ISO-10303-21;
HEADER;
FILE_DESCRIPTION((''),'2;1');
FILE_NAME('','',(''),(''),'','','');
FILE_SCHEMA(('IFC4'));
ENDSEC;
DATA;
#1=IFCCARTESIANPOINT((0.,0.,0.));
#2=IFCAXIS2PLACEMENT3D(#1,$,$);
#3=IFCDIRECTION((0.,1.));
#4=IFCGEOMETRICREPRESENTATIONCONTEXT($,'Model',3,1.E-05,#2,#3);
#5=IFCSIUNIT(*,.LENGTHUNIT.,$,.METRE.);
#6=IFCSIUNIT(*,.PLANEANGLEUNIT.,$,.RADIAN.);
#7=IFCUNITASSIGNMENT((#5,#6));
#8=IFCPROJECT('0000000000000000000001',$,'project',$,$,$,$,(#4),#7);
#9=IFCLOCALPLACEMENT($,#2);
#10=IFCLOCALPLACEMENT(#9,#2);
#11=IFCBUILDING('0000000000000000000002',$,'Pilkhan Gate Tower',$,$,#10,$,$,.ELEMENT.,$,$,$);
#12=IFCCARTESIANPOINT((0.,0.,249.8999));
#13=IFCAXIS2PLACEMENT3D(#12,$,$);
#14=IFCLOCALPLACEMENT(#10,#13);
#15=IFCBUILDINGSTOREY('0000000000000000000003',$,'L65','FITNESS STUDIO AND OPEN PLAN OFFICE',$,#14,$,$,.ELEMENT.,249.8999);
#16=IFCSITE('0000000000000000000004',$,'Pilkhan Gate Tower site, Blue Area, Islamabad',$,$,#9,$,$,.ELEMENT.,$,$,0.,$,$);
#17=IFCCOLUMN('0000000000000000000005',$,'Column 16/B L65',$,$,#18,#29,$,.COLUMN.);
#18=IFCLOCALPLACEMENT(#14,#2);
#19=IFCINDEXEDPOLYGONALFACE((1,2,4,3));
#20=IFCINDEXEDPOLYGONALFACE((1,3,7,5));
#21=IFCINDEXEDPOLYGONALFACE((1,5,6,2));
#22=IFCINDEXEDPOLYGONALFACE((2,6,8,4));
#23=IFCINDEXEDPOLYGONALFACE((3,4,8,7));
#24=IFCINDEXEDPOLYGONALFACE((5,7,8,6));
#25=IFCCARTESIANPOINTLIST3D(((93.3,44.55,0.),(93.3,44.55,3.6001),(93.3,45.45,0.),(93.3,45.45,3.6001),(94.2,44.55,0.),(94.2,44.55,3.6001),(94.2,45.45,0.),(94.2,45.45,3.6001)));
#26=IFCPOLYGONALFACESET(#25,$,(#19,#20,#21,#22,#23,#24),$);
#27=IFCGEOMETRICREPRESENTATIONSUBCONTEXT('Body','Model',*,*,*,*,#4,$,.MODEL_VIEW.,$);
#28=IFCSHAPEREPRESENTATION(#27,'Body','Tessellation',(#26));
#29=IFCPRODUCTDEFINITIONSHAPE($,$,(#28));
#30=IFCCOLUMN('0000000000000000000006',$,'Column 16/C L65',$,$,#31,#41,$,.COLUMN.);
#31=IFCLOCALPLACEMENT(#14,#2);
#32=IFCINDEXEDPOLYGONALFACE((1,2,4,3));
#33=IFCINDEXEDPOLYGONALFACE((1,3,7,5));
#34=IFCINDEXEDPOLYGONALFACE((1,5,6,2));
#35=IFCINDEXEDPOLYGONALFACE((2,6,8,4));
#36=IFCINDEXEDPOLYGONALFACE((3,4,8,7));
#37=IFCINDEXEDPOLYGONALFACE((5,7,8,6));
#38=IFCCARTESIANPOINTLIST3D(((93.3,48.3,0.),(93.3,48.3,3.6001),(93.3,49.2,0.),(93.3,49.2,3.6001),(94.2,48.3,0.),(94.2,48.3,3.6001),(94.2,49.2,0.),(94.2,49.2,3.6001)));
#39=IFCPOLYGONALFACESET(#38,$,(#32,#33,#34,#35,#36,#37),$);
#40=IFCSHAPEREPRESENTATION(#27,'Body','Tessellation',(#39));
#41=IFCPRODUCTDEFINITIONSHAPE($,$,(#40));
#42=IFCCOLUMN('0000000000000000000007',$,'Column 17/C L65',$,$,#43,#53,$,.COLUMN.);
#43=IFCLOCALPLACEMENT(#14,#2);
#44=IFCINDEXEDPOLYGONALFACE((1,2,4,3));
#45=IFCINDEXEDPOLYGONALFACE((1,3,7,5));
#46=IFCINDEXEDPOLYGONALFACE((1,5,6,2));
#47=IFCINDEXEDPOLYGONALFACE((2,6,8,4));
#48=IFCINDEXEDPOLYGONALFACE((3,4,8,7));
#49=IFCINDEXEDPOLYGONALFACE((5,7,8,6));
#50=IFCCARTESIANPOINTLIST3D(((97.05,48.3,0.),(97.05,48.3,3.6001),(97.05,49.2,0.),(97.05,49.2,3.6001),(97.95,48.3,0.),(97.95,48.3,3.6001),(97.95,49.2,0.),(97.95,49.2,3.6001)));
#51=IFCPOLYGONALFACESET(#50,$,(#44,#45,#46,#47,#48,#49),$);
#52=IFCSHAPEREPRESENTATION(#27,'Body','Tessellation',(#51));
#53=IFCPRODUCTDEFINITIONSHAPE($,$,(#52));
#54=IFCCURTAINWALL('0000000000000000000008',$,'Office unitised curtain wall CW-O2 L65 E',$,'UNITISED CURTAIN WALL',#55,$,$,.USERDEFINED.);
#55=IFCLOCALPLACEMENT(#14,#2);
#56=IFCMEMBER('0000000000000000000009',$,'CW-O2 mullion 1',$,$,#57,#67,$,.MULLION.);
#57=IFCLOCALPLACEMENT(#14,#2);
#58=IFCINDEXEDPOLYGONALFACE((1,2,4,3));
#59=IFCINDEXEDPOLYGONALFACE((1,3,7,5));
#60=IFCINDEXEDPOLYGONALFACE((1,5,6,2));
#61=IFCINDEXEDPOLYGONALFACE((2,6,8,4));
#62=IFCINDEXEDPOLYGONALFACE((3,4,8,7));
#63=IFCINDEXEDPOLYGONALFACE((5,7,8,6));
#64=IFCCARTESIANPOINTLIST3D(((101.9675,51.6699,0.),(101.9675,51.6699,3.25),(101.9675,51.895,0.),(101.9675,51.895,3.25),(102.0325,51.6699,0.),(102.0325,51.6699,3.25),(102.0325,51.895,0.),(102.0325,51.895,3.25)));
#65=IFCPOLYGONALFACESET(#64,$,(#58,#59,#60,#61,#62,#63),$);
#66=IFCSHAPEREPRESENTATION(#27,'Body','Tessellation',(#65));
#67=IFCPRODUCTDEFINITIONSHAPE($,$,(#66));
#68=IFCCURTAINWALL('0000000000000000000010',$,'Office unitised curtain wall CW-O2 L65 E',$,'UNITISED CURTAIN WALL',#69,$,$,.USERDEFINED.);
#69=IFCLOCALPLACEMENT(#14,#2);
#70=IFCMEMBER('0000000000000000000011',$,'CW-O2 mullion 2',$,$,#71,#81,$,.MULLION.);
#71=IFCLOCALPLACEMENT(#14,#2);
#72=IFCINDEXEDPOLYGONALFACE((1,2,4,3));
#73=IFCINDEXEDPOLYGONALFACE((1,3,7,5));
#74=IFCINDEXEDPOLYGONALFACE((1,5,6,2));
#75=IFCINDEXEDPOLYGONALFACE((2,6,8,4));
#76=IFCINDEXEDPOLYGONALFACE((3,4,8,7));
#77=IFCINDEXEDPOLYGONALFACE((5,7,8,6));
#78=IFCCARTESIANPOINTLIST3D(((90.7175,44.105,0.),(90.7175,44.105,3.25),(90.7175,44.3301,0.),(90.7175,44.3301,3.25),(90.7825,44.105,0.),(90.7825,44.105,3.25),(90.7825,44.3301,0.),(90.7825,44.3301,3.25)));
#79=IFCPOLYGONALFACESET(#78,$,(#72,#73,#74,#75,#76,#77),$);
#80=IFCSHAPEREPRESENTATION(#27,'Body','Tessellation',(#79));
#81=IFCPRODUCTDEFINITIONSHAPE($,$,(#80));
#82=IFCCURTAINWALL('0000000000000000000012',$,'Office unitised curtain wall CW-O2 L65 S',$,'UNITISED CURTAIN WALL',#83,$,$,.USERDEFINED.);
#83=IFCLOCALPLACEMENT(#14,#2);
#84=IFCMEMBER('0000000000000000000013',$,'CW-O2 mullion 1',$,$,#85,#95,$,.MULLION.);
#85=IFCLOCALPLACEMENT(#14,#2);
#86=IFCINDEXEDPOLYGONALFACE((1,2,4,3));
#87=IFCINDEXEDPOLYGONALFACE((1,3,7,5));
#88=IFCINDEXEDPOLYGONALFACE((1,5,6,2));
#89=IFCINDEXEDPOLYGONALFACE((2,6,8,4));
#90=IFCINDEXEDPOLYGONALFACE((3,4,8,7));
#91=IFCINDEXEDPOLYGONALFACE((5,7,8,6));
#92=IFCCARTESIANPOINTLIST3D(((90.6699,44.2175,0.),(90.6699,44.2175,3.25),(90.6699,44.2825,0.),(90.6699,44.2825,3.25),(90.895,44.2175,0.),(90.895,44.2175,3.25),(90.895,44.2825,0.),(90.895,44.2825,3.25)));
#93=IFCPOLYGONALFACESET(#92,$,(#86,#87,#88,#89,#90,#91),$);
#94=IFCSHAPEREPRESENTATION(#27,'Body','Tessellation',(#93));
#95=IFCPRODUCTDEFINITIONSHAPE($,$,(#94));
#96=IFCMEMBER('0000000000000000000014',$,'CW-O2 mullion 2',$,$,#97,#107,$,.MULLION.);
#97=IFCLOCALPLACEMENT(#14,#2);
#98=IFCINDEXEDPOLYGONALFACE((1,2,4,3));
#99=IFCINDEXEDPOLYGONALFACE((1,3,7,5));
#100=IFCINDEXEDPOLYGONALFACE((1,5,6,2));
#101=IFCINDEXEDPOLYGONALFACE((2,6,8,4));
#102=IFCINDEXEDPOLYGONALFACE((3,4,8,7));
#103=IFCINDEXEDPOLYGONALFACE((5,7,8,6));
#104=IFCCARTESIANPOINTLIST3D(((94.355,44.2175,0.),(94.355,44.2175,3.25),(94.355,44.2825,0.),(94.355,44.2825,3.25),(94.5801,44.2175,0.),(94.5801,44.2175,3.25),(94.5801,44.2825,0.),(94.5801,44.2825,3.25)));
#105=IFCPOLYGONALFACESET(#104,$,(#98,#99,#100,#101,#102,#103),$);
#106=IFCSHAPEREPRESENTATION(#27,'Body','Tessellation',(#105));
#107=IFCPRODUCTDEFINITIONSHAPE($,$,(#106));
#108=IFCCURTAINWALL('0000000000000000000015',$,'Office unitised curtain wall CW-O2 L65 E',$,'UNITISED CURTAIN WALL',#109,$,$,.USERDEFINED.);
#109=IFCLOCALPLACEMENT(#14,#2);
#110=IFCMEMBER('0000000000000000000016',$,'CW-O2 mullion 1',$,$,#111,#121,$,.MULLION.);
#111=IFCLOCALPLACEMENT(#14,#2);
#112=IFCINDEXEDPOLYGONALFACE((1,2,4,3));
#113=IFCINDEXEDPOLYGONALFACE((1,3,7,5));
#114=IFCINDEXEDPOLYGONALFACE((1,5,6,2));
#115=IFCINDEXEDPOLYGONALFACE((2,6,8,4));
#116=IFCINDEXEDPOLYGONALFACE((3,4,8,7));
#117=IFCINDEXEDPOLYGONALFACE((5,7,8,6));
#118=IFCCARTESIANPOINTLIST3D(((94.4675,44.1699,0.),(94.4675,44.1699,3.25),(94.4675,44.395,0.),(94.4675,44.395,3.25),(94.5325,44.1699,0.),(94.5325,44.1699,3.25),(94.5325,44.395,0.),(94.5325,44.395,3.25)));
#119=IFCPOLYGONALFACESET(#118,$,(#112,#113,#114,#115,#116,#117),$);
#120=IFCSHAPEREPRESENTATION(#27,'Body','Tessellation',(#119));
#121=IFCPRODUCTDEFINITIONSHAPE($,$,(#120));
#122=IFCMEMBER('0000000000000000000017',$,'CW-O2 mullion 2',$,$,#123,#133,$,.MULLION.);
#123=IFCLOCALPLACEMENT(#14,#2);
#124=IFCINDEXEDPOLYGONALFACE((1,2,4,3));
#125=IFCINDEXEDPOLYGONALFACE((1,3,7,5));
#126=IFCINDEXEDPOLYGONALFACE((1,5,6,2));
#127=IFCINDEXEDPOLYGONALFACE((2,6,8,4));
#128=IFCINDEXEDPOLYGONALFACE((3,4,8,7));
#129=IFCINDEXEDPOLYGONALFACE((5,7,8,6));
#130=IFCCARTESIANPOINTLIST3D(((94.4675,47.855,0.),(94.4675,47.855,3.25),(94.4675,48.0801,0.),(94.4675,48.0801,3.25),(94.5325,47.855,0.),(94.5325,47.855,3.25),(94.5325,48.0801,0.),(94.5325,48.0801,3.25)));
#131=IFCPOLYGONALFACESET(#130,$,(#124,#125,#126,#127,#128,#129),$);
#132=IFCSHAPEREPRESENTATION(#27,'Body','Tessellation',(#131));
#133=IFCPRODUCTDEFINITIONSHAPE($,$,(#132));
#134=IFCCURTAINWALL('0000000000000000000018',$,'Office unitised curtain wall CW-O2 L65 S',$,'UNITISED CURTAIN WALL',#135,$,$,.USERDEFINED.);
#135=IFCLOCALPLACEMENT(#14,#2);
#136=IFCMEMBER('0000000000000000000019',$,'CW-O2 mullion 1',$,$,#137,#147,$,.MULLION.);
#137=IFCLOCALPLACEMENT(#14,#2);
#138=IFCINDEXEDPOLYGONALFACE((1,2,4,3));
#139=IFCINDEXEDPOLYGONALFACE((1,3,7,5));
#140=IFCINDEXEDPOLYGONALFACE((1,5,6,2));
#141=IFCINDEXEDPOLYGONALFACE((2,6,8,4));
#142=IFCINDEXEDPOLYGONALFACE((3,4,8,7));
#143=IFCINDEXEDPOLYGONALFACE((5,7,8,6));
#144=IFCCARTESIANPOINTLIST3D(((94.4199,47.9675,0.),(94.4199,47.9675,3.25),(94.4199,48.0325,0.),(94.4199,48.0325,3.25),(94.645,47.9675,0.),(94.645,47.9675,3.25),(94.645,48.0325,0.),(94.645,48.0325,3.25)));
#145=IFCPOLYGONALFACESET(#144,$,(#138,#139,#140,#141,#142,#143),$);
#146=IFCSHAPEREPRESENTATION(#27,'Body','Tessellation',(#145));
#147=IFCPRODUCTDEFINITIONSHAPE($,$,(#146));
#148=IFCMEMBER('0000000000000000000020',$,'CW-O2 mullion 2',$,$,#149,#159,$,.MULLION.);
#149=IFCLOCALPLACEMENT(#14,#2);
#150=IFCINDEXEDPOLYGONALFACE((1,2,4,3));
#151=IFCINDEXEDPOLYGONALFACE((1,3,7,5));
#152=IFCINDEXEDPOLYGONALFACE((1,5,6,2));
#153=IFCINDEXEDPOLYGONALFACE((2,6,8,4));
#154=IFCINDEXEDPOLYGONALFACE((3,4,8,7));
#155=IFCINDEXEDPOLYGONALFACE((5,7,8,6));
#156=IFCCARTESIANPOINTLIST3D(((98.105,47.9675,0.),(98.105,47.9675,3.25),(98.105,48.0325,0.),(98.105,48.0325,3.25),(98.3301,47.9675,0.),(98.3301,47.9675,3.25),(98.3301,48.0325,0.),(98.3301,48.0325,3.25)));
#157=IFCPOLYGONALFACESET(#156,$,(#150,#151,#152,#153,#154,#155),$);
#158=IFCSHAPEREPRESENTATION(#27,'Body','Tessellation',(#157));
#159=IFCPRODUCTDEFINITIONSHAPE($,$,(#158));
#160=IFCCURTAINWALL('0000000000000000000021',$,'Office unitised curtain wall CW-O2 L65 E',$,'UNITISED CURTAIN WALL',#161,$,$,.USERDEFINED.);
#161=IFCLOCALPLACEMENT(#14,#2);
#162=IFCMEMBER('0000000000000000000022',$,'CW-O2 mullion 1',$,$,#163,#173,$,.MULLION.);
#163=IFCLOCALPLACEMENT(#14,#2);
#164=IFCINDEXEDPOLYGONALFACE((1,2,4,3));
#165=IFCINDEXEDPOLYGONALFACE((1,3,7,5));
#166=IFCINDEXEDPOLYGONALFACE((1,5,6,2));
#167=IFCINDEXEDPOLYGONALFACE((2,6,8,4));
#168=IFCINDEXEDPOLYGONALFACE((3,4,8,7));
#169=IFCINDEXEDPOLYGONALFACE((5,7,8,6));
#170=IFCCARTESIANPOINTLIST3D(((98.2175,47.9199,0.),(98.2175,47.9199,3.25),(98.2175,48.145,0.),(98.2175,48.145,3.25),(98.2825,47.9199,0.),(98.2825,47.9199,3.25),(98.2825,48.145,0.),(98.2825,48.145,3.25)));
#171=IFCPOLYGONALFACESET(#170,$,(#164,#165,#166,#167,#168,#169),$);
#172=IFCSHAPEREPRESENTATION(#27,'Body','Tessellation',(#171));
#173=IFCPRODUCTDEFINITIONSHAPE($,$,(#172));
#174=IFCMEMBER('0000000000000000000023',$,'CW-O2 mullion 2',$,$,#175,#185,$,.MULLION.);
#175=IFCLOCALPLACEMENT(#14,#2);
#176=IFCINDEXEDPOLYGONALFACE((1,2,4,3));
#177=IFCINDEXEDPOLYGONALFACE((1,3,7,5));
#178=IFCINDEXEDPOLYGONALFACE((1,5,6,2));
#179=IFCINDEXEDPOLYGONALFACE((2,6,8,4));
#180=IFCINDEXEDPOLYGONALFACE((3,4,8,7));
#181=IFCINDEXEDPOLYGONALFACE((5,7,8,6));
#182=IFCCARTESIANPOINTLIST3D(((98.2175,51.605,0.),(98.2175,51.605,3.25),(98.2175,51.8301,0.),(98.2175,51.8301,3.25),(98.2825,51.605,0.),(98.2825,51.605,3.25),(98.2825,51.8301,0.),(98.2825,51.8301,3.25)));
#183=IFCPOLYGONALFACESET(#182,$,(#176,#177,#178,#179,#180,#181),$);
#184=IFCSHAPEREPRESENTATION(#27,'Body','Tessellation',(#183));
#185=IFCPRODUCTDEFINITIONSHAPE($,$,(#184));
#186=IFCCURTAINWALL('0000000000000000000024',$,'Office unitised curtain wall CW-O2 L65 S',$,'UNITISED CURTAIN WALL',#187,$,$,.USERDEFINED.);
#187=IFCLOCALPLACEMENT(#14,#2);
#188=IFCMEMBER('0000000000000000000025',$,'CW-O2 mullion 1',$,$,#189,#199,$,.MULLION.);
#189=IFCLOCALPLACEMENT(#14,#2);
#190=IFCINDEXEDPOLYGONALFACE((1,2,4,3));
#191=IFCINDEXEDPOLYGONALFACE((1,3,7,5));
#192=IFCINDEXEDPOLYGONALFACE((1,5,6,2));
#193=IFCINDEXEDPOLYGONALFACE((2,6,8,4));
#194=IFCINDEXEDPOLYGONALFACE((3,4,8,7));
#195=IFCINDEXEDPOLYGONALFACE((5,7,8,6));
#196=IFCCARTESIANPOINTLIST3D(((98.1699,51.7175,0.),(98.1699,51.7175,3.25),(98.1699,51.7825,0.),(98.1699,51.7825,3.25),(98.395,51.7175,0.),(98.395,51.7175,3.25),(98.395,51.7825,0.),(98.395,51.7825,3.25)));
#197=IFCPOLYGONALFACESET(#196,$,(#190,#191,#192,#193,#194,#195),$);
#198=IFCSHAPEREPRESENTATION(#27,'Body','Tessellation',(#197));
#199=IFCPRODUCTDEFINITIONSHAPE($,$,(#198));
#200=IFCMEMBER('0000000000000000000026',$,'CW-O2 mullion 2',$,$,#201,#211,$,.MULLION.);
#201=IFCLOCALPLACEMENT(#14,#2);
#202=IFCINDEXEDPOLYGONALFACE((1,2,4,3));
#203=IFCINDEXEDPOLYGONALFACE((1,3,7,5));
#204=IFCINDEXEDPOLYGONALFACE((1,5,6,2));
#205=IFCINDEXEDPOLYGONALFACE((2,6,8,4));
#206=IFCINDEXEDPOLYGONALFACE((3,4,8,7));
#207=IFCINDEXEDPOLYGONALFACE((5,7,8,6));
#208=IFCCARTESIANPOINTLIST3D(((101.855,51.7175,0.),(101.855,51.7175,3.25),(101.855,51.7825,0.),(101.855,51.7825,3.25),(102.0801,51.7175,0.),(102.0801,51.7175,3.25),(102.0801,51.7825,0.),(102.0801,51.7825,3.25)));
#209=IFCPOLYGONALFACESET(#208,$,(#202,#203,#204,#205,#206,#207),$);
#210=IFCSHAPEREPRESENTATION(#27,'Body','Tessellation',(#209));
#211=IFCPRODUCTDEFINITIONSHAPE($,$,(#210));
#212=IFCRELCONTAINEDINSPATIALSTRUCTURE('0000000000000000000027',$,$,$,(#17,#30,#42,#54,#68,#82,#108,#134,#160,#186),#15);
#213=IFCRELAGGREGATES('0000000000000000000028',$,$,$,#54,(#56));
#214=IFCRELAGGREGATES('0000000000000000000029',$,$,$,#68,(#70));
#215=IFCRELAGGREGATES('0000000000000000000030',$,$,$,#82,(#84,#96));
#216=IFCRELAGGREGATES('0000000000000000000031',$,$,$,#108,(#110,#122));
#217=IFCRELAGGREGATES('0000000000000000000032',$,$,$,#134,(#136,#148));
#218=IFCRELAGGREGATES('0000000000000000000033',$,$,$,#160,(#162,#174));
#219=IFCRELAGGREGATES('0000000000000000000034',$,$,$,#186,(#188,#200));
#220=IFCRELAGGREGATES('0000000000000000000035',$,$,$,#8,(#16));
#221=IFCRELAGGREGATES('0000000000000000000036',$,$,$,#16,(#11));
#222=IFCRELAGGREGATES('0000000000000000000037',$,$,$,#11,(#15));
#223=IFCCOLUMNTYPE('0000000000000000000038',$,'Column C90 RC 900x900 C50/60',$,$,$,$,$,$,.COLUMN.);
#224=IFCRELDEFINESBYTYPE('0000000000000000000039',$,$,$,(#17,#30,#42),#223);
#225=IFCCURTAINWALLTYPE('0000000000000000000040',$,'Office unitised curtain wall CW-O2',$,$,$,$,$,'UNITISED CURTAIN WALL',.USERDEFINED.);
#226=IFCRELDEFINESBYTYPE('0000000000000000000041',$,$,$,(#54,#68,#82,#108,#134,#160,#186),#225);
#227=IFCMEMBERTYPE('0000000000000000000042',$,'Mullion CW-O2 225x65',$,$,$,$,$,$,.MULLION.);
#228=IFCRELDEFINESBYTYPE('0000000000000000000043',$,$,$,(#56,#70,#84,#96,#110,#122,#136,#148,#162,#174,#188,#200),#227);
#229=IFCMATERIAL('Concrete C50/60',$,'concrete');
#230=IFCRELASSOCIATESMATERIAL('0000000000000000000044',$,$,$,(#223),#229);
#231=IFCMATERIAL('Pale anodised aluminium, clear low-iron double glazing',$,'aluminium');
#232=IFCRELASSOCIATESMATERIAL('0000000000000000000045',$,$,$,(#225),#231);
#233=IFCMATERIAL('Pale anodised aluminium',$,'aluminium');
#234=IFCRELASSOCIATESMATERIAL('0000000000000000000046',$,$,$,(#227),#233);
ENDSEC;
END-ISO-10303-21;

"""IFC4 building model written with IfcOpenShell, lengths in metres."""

from ifc_helpers import new_model, si_unit, direction, frame, origin, origin_2d, place, context, subcontext, project, spatial, rectangle, extrude, material, material_profile, profile_set, type_object, element, aggregate, save


model = new_model("IFC4")

# Units and contexts
model_context = context("Model", 3, precision=1e-05, world=origin(), true_north=direction((0.0, 1.0)))
body_context = subcontext(model_context, "Body", "Model", "MODEL_VIEW")
ifc_project = project(units=[si_unit("LENGTHUNIT", "METRE"), si_unit("PLANEANGLEUNIT", "RADIAN")], contexts=[model_context])

# Site, building, storey
site_placement = place(None, origin())
site = spatial("IfcSite", under=ifc_project, at=site_placement, Name="Pilkhan Gate Tower site, Blue Area, Islamabad", CompositionType="ELEMENT", RefElevation=0.0)
building_placement = place(site_placement, origin())
building = spatial("IfcBuilding", under=site, at=building_placement, Name="Pilkhan Gate Tower", CompositionType="ELEMENT")
storey_placement = place(building_placement, frame((0.0, 0.0, 249.8999)))
storey = spatial("IfcBuildingStorey", under=building, at=storey_placement, Name="L65", Description="FITNESS STUDIO AND OPEN PLAN OFFICE", CompositionType="ELEMENT", Elevation=249.8999)

# Columns
ifc_material_1 = material(Name="Concrete C50/60", Category="concrete")
ifc_material_profile_1 = material_profile(ifc_material_1, rectangle(XDim=0.8999, YDim=0.8999, at=origin_2d()), Name="RC 900x900")
ifc_profile_set_1 = profile_set([ifc_material_profile_1], Name="Concrete C50/60")
column_type = type_object("IfcColumnType", Name="Column C90 RC 900x900 C50/60", PredefinedType="COLUMN", material=ifc_profile_set_1)
for number, where, z_axis, x_axis, name in (
    (1, (93.75, 45.0, 0.0), (0.0, 0.0, 1.0), (1.0, 0.0, 0.0), "Column 16/B L65"),
    (2, (93.75, 48.75, 0.0), (0.0, 0.0, 1.0), (1.0, 0.0, 0.0), "Column 16/C L65"),
    (3, (97.5, 48.75, 0.0), (0.0, 0.0, 1.0), (1.0, 0.0, 0.0), "Column 17/C L65"),
):
    element("IfcColumn", number, at=place(storey_placement, frame(where, z_axis=z_axis, x_axis=x_axis)), inside=storey, type_object=column_type, Name=name, PredefinedType="COLUMN", context=body_context, shape_type="SweptSolid", body=[
        extrude(rectangle(XDim=0.8999, YDim=0.8999, at=origin_2d()), origin(), (0.0, 0.0, 1.0), 3.6001),
    ])

# Curtain walls, members
ifc_material_2 = material(Name="Pale anodised aluminium, clear low-iron double glazing", Category="aluminium")
curtain_wall_type = type_object("IfcCurtainWallType", Name="Office unitised curtain wall CW-O2", ElementType="UNITISED CURTAIN WALL", PredefinedType="USERDEFINED", material=ifc_material_2)
curtain_wall_1_placement = place(storey_placement, origin())
curtain_wall_1 = element("IfcCurtainWall", 4, at=curtain_wall_1_placement, inside=storey, type_object=curtain_wall_type, Name="Office unitised curtain wall CW-O2 L65 E", ObjectType="UNITISED CURTAIN WALL", PredefinedType="USERDEFINED")
ifc_material_3 = material(Name="Pale anodised aluminium", Category="aluminium")
ifc_material_profile_2 = material_profile(ifc_material_3, rectangle(XDim=0.0649, YDim=0.2251, at=origin_2d()), Name="Mullion 225x65")
ifc_profile_set_2 = profile_set([ifc_material_profile_2], Name="Pale anodised aluminium")
member_type_1 = type_object("IfcMemberType", Name="Mullion CW-O2 225x65", PredefinedType="MULLION", material=ifc_profile_set_2)
member_1_placement = place(storey_placement, frame((102.0, 51.7825, 0.0), z_axis=(0.0, 0.0, 1.0), x_axis=(-1.0, 0.0, 0.0)))
member_1 = element("IfcMember", 5, at=member_1_placement, type_object=member_type_1, Name="CW-O2 mullion 1", PredefinedType="MULLION", context=body_context, shape_type="SweptSolid", body=[
    extrude(rectangle(XDim=0.0649, YDim=0.2251, at=origin_2d()), origin(), (0.0, 0.0, 1.0), 3.25),
])
curtain_wall_2_placement = place(storey_placement, origin())
curtain_wall_2 = element("IfcCurtainWall", 6, at=curtain_wall_2_placement, inside=storey, type_object=curtain_wall_type, Name="Office unitised curtain wall CW-O2 L65 E", ObjectType="UNITISED CURTAIN WALL", PredefinedType="USERDEFINED")
member_2_placement = place(storey_placement, frame((90.75, 44.2175, 0.0), z_axis=(0.0, 0.0, 1.0), x_axis=(-1.0, 0.0, 0.0)))
member_2 = element("IfcMember", 7, at=member_2_placement, type_object=member_type_1, Name="CW-O2 mullion 2", PredefinedType="MULLION", context=body_context, shape_type="SweptSolid", body=[
    extrude(rectangle(XDim=0.0649, YDim=0.2251, at=origin_2d()), origin(), (0.0, 0.0, 1.0), 3.25),
])

# Curtain walls, members
curtain_wall_3_placement = place(storey_placement, origin())
curtain_wall_3 = element("IfcCurtainWall", 8, at=curtain_wall_3_placement, inside=storey, type_object=curtain_wall_type, Name="Office unitised curtain wall CW-O2 L65 S", ObjectType="UNITISED CURTAIN WALL", PredefinedType="USERDEFINED")
member_3_placement = place(storey_placement, frame((90.7825, 44.25, 0.0), z_axis=(0.0, 0.0, 1.0), x_axis=(0.0, 1.0, 0.0)))
member_3 = element("IfcMember", 9, at=member_3_placement, type_object=member_type_1, Name="CW-O2 mullion 1", PredefinedType="MULLION", context=body_context, shape_type="SweptSolid", body=[
    extrude(rectangle(XDim=0.0649, YDim=0.2251, at=origin_2d()), origin(), (0.0, 0.0, 1.0), 3.25),
])
member_4_placement = place(storey_placement, frame((94.4675, 44.25, 0.0), z_axis=(0.0, 0.0, 1.0), x_axis=(0.0, 1.0, 0.0)))
member_4 = element("IfcMember", 10, at=member_4_placement, type_object=member_type_1, Name="CW-O2 mullion 2", PredefinedType="MULLION", context=body_context, shape_type="SweptSolid", body=[
    extrude(rectangle(XDim=0.0649, YDim=0.2251, at=origin_2d()), origin(), (0.0, 0.0, 1.0), 3.25),
])
curtain_wall_4_placement = place(storey_placement, origin())
curtain_wall_4 = element("IfcCurtainWall", 11, at=curtain_wall_4_placement, inside=storey, type_object=curtain_wall_type, Name="Office unitised curtain wall CW-O2 L65 E", ObjectType="UNITISED CURTAIN WALL", PredefinedType="USERDEFINED")
member_5_placement = place(storey_placement, frame((94.5, 44.2825, 0.0), z_axis=(0.0, 0.0, 1.0), x_axis=(-1.0, 0.0, 0.0)))
member_5 = element("IfcMember", 12, at=member_5_placement, type_object=member_type_1, Name="CW-O2 mullion 1", PredefinedType="MULLION", context=body_context, shape_type="SweptSolid", body=[
    extrude(rectangle(XDim=0.0649, YDim=0.2251, at=origin_2d()), origin(), (0.0, 0.0, 1.0), 3.25),
])
member_6_placement = place(storey_placement, frame((94.5, 47.9675, 0.0), z_axis=(0.0, 0.0, 1.0), x_axis=(-1.0, 0.0, 0.0)))
member_6 = element("IfcMember", 13, at=member_6_placement, type_object=member_type_1, Name="CW-O2 mullion 2", PredefinedType="MULLION", context=body_context, shape_type="SweptSolid", body=[
    extrude(rectangle(XDim=0.0649, YDim=0.2251, at=origin_2d()), origin(), (0.0, 0.0, 1.0), 3.25),
])
curtain_wall_5_placement = place(storey_placement, origin())
curtain_wall_5 = element("IfcCurtainWall", 14, at=curtain_wall_5_placement, inside=storey, type_object=curtain_wall_type, Name="Office unitised curtain wall CW-O2 L65 S", ObjectType="UNITISED CURTAIN WALL", PredefinedType="USERDEFINED")
member_7_placement = place(storey_placement, frame((94.5325, 48.0, 0.0), z_axis=(0.0, 0.0, 1.0), x_axis=(0.0, 1.0, 0.0)))
member_7 = element("IfcMember", 15, at=member_7_placement, type_object=member_type_1, Name="CW-O2 mullion 1", PredefinedType="MULLION", context=body_context, shape_type="SweptSolid", body=[
    extrude(rectangle(XDim=0.0649, YDim=0.2251, at=origin_2d()), origin(), (0.0, 0.0, 1.0), 3.25),
])
member_8_placement = place(storey_placement, frame((98.2175, 48.0, 0.0), z_axis=(0.0, 0.0, 1.0), x_axis=(0.0, 1.0, 0.0)))
member_8 = element("IfcMember", 16, at=member_8_placement, type_object=member_type_1, Name="CW-O2 mullion 2", PredefinedType="MULLION", context=body_context, shape_type="SweptSolid", body=[
    extrude(rectangle(XDim=0.0649, YDim=0.2251, at=origin_2d()), origin(), (0.0, 0.0, 1.0), 3.25),
])
curtain_wall_6_placement = place(storey_placement, origin())
curtain_wall_6 = element("IfcCurtainWall", 17, at=curtain_wall_6_placement, inside=storey, type_object=curtain_wall_type, Name="Office unitised curtain wall CW-O2 L65 E", ObjectType="UNITISED CURTAIN WALL", PredefinedType="USERDEFINED")
member_9_placement = place(storey_placement, frame((98.25, 48.0325, 0.0), z_axis=(0.0, 0.0, 1.0), x_axis=(-1.0, 0.0, 0.0)))
member_9 = element("IfcMember", 18, at=member_9_placement, type_object=member_type_1, Name="CW-O2 mullion 1", PredefinedType="MULLION", context=body_context, shape_type="SweptSolid", body=[
    extrude(rectangle(XDim=0.0649, YDim=0.2251, at=origin_2d()), origin(), (0.0, 0.0, 1.0), 3.25),
])
member_10_placement = place(storey_placement, frame((98.25, 51.7175, 0.0), z_axis=(0.0, 0.0, 1.0), x_axis=(-1.0, 0.0, 0.0)))
member_10 = element("IfcMember", 19, at=member_10_placement, type_object=member_type_1, Name="CW-O2 mullion 2", PredefinedType="MULLION", context=body_context, shape_type="SweptSolid", body=[
    extrude(rectangle(XDim=0.0649, YDim=0.2251, at=origin_2d()), origin(), (0.0, 0.0, 1.0), 3.25),
])
curtain_wall_7_placement = place(storey_placement, origin())
curtain_wall_7 = element("IfcCurtainWall", 20, at=curtain_wall_7_placement, inside=storey, type_object=curtain_wall_type, Name="Office unitised curtain wall CW-O2 L65 S", ObjectType="UNITISED CURTAIN WALL", PredefinedType="USERDEFINED")
member_11_placement = place(storey_placement, frame((98.2825, 51.75, 0.0), z_axis=(0.0, 0.0, 1.0), x_axis=(0.0, 1.0, 0.0)))
member_11 = element("IfcMember", 21, at=member_11_placement, type_object=member_type_1, Name="CW-O2 mullion 1", PredefinedType="MULLION", context=body_context, shape_type="SweptSolid", body=[
    extrude(rectangle(XDim=0.0649, YDim=0.2251, at=origin_2d()), origin(), (0.0, 0.0, 1.0), 3.25),
])
member_12_placement = place(storey_placement, frame((101.9675, 51.75, 0.0), z_axis=(0.0, 0.0, 1.0), x_axis=(0.0, 1.0, 0.0)))
member_12 = element("IfcMember", 22, at=member_12_placement, type_object=member_type_1, Name="CW-O2 mullion 2", PredefinedType="MULLION", context=body_context, shape_type="SweptSolid", body=[
    extrude(rectangle(XDim=0.0649, YDim=0.2251, at=origin_2d()), origin(), (0.0, 0.0, 1.0), 3.25),
])

aggregate(curtain_wall_1, [member_1])

aggregate(curtain_wall_2, [member_2])
aggregate(curtain_wall_3, [member_3, member_4])
aggregate(curtain_wall_4, [member_5, member_6])
aggregate(curtain_wall_5, [member_7, member_8])
aggregate(curtain_wall_6, [member_9, member_10])
aggregate(curtain_wall_7, [member_11, member_12])

save(model, "model.ifc")
